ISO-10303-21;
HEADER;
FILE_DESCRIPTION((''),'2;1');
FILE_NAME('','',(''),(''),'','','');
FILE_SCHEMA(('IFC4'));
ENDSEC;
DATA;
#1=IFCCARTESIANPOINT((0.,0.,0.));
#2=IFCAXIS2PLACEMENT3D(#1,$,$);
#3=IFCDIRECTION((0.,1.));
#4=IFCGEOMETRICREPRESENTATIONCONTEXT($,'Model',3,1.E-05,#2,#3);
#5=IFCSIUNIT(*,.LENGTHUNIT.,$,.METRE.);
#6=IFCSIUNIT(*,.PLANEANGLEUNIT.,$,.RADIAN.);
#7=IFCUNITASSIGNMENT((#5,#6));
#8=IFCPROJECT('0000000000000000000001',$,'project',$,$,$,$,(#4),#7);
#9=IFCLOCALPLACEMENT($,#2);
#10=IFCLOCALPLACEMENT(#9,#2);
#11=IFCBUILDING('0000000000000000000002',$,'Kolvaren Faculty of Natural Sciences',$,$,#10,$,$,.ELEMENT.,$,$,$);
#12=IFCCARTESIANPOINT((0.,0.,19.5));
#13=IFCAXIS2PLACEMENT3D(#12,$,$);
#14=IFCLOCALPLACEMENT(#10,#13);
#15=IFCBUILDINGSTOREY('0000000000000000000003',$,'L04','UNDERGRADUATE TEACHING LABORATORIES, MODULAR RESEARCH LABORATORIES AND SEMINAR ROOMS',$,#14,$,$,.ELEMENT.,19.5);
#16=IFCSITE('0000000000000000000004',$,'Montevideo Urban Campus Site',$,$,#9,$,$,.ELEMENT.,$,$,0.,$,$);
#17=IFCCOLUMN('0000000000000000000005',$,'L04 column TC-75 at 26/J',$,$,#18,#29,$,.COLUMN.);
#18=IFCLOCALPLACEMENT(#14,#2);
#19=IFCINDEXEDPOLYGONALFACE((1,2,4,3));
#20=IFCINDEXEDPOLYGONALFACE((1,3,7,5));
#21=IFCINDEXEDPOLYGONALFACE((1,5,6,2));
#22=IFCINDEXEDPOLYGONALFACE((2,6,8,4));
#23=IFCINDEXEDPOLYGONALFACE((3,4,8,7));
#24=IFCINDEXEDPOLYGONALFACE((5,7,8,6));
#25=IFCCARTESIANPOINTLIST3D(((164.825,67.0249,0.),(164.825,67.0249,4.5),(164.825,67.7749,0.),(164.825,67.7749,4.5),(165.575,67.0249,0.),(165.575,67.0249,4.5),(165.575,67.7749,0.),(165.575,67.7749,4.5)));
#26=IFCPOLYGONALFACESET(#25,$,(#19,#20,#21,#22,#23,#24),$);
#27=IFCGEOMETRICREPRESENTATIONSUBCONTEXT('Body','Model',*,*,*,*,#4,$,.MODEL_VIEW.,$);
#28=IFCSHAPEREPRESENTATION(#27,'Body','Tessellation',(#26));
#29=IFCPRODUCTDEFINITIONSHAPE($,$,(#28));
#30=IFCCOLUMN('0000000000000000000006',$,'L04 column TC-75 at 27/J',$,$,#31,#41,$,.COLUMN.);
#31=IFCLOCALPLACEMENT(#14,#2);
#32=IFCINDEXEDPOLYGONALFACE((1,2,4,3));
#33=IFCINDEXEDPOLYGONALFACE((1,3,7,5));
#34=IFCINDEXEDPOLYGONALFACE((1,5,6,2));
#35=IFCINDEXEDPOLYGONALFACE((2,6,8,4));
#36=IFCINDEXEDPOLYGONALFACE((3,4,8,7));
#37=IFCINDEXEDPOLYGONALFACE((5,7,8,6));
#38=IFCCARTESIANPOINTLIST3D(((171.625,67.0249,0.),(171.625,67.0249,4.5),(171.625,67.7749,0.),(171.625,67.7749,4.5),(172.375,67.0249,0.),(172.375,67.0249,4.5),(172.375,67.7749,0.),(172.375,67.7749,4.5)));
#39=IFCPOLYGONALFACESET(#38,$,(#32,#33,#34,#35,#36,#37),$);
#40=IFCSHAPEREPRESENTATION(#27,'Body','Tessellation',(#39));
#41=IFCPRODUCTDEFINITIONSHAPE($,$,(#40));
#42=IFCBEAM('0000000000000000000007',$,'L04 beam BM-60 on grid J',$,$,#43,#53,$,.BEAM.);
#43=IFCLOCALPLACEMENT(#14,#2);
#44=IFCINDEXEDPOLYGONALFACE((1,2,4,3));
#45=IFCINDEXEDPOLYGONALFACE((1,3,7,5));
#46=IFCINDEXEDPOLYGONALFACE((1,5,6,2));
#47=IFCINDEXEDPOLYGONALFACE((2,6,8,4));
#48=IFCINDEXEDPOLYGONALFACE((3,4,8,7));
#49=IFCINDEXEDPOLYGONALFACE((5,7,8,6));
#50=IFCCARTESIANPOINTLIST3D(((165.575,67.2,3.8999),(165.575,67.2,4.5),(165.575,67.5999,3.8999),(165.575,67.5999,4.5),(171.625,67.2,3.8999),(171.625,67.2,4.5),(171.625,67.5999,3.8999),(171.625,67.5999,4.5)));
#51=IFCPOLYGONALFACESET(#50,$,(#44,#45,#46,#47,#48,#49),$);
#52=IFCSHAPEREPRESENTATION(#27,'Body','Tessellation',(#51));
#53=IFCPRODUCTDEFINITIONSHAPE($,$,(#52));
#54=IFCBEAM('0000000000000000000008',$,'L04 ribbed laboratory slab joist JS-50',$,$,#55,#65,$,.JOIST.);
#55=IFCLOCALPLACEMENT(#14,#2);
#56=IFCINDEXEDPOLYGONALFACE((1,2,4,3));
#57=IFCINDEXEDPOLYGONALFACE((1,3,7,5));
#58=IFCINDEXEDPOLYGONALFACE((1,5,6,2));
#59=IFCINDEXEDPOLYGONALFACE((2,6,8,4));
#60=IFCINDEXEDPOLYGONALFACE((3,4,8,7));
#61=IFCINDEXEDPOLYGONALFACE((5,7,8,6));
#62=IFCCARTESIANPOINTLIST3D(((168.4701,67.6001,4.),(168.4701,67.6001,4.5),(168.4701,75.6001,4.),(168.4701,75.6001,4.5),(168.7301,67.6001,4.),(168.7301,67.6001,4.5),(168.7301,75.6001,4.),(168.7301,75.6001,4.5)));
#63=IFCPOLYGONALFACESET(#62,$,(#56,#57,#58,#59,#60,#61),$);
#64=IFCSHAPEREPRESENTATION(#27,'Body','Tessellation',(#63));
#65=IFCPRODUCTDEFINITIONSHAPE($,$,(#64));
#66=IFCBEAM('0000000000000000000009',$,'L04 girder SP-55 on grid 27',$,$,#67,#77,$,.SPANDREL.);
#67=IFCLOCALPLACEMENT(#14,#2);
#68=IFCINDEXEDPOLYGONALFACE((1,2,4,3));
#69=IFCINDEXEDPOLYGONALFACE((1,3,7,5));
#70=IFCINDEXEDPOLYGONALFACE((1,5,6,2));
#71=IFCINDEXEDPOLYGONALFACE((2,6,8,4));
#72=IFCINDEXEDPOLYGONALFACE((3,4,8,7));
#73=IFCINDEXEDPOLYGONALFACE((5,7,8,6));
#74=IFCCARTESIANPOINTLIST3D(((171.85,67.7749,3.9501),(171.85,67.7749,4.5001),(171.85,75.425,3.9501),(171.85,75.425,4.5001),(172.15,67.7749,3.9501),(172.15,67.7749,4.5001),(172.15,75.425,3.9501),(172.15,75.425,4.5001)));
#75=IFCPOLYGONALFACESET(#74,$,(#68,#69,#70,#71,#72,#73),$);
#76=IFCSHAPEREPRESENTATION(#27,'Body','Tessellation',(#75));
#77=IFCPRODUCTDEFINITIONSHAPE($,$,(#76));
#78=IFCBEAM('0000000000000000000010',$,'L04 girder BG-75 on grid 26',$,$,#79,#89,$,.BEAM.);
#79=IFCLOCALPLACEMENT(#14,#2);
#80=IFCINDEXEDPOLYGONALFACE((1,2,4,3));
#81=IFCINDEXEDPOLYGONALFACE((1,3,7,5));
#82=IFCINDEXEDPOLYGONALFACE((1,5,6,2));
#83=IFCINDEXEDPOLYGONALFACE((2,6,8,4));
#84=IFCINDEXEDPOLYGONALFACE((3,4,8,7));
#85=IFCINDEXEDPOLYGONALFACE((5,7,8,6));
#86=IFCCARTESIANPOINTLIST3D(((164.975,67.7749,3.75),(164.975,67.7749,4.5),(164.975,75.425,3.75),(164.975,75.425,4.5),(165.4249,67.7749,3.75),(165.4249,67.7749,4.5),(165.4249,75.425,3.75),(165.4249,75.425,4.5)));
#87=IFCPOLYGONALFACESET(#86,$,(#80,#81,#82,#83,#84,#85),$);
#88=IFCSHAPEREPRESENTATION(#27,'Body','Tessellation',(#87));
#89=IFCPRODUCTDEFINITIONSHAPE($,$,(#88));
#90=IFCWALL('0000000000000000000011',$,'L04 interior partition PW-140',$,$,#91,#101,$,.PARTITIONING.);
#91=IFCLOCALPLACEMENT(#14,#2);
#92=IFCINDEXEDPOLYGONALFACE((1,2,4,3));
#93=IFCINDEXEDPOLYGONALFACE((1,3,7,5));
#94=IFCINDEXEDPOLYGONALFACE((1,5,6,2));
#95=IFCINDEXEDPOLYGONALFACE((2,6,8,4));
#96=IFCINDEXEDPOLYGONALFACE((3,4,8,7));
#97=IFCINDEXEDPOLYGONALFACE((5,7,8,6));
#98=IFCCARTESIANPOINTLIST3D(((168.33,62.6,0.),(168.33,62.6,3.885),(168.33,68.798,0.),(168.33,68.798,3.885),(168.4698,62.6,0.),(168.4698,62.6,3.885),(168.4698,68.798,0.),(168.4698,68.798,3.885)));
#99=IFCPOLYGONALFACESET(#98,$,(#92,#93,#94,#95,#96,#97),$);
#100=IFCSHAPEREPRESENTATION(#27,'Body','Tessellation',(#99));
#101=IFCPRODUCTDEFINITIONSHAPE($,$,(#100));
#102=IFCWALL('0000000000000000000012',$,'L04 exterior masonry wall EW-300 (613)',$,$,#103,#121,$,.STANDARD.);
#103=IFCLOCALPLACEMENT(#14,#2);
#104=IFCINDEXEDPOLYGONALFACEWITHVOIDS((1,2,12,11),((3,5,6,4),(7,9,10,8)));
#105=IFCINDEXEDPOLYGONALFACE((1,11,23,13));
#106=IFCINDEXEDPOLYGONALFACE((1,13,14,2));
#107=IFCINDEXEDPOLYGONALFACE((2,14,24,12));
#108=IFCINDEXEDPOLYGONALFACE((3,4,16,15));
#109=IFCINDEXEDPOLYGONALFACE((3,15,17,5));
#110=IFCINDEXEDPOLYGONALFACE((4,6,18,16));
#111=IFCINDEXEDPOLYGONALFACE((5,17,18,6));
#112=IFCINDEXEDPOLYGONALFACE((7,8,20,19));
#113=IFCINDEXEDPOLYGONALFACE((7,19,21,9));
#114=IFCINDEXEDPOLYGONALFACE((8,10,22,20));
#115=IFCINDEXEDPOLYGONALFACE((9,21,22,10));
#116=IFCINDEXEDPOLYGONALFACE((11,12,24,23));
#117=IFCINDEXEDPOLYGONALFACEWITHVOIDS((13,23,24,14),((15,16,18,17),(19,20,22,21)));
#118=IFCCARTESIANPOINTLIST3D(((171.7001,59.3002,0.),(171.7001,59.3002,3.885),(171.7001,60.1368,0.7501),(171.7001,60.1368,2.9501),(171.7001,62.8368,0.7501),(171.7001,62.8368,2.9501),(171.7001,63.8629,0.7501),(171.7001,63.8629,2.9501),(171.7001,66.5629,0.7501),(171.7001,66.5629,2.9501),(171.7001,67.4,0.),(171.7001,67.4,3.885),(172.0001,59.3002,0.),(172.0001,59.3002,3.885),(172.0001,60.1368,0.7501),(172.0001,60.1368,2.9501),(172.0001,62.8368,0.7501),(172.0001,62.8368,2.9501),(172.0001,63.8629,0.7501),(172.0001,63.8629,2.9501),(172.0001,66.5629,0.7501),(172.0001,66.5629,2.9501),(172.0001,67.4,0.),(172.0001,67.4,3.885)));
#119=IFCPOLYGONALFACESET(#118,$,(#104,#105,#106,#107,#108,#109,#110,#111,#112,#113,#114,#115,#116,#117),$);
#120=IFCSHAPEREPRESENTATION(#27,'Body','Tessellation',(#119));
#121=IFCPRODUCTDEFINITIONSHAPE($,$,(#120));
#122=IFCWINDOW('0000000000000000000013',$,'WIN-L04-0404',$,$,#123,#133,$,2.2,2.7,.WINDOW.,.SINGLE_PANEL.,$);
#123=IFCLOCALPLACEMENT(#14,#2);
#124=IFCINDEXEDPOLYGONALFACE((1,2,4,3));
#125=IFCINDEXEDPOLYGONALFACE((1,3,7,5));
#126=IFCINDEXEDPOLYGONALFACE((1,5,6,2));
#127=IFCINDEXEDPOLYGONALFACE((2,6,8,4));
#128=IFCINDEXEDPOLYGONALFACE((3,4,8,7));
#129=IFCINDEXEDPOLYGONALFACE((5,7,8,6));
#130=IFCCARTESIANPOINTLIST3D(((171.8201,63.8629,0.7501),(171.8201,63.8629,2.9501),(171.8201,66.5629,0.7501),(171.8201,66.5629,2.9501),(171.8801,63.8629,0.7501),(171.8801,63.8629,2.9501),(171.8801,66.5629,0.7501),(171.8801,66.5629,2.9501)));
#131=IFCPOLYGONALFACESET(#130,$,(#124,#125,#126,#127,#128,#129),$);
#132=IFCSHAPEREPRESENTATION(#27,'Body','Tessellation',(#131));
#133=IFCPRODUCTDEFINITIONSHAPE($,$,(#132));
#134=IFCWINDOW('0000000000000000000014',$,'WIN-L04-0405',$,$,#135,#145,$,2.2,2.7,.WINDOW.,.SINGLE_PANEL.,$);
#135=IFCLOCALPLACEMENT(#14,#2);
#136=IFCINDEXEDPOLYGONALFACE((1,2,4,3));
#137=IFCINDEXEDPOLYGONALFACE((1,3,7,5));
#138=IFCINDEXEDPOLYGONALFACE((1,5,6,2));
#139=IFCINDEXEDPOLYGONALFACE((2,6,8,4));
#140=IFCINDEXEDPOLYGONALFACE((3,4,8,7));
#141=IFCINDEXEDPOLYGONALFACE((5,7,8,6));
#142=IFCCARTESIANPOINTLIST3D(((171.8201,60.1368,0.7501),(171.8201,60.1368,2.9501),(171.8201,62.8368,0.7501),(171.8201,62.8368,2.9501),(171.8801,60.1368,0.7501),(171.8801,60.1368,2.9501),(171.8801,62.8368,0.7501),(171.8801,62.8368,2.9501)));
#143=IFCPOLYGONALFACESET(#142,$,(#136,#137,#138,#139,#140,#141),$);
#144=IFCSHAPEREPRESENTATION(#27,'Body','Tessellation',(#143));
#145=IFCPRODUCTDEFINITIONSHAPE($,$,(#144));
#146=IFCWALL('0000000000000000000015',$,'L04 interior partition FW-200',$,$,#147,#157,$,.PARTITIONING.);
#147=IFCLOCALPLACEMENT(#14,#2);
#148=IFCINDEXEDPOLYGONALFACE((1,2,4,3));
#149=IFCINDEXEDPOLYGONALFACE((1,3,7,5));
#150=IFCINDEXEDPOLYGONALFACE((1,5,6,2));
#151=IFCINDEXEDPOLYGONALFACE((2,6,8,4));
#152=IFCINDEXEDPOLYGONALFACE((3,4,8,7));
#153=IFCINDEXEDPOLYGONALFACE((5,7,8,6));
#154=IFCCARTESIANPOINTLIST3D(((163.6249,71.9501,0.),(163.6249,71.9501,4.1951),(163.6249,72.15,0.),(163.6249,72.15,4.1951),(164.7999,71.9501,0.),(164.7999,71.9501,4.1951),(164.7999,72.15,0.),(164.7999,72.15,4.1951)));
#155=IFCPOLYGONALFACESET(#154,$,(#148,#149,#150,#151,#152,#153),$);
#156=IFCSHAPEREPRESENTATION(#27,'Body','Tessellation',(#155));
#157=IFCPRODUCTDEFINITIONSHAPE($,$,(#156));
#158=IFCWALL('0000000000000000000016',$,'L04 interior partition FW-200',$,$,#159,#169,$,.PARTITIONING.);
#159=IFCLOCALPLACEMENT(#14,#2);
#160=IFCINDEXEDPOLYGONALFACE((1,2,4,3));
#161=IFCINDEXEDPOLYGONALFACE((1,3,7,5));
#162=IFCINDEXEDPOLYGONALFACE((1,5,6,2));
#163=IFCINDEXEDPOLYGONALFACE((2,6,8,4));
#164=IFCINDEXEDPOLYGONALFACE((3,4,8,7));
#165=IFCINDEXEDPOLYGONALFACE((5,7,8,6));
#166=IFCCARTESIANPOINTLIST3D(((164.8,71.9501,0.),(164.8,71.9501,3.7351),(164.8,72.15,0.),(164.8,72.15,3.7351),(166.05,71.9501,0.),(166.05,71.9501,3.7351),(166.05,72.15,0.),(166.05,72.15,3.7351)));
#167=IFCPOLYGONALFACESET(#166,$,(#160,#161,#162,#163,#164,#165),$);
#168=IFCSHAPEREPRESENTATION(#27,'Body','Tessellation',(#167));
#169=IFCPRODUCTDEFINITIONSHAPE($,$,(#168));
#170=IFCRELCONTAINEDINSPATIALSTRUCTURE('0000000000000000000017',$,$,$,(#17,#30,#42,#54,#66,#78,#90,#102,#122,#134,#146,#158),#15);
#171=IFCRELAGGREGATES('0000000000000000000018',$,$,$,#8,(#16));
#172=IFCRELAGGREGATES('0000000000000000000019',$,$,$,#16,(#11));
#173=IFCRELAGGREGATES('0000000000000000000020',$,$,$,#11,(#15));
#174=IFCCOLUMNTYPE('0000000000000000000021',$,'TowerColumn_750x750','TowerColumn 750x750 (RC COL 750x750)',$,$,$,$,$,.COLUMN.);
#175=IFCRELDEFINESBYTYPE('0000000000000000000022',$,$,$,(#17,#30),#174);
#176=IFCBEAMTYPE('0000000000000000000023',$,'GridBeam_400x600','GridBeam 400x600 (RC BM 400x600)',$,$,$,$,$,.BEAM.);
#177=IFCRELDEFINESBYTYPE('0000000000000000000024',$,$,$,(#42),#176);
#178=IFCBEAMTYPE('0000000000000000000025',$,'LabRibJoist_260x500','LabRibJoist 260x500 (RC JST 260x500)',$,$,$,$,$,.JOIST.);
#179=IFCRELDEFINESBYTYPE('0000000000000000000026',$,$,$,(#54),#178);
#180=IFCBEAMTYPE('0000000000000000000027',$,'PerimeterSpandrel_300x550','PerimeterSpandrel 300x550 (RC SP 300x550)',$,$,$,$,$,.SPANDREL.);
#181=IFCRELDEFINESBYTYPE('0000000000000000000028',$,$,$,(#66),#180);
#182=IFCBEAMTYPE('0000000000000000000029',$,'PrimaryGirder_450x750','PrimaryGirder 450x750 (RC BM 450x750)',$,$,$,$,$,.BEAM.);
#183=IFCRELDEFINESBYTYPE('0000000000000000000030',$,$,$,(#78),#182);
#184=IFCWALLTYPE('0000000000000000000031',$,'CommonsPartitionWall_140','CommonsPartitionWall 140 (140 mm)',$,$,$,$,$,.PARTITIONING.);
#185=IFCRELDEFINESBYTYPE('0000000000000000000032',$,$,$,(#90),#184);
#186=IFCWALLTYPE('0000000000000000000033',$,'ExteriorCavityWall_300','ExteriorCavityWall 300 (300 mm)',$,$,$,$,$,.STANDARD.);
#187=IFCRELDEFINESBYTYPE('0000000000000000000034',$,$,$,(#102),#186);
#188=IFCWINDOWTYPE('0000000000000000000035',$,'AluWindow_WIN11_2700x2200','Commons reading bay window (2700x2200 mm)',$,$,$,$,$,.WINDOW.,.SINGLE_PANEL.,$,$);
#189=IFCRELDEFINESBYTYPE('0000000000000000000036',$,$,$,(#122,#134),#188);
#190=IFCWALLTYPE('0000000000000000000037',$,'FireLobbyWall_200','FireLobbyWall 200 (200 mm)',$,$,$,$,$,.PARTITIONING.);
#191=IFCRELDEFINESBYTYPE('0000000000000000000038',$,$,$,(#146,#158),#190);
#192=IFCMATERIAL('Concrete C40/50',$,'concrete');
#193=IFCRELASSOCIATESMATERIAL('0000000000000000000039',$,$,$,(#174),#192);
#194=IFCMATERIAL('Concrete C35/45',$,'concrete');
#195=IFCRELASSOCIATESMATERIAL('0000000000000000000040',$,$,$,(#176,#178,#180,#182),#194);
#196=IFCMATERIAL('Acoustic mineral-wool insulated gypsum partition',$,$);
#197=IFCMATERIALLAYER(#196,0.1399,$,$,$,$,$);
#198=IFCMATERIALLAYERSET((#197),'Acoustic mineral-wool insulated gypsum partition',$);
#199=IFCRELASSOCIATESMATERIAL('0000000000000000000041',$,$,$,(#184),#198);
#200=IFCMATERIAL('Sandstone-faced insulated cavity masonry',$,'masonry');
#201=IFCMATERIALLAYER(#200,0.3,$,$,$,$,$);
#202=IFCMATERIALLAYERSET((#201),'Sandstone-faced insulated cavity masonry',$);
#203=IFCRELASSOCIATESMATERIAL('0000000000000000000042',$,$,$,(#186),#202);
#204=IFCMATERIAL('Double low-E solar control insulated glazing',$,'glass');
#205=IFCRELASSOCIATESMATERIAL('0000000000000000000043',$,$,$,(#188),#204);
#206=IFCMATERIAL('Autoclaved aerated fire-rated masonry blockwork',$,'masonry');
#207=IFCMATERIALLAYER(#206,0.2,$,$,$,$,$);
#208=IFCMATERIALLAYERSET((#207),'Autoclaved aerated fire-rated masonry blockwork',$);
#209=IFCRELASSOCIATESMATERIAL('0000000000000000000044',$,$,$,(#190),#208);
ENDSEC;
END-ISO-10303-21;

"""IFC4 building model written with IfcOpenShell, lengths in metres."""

from ifc_helpers import new_model, si_unit, direction, frame, frame_2d, origin, origin_2d, place, context, subcontext, project, spatial, rectangle, extrude, material, layer, layer_set, material_profile, profile_set, type_object, element, fill, save


model = new_model("IFC4")

# Units and contexts
model_context = context("Model", 3, precision=1e-05, world=origin(), true_north=direction((0.0, 1.0)))
body_context = subcontext(model_context, "Body", "Model", "MODEL_VIEW")
ifc_project = project(units=[si_unit("LENGTHUNIT", "METRE"), si_unit("PLANEANGLEUNIT", "RADIAN")], contexts=[model_context])

# Site, building, storey
site_placement = place(None, origin())
site = spatial("IfcSite", under=ifc_project, at=site_placement, Name="Montevideo Urban Campus Site", CompositionType="ELEMENT", RefElevation=0.0)
building_placement = place(site_placement, origin())
building = spatial("IfcBuilding", under=site, at=building_placement, Name="Kolvaren Faculty of Natural Sciences", CompositionType="ELEMENT")
storey_placement = place(building_placement, frame((0.0, 0.0, 19.5)))
storey = spatial("IfcBuildingStorey", under=building, at=storey_placement, Name="L04", Description="UNDERGRADUATE TEACHING LABORATORIES, MODULAR RESEARCH LABORATORIES AND SEMINAR ROOMS", CompositionType="ELEMENT", Elevation=19.5)

# Columns
ifc_material_1 = material(Name="Concrete C40/50", Category="concrete")
ifc_material_profile_1 = material_profile(ifc_material_1, rectangle(XDim=0.75, YDim=0.75, at=origin_2d()), Name="RC COL 750x750")
ifc_profile_set_1 = profile_set([ifc_material_profile_1], Name="Concrete C40/50")
column_type = type_object("IfcColumnType", Name="TowerColumn_750x750", Description="TowerColumn 750x750 (RC COL 750x750)", PredefinedType="COLUMN", material=ifc_profile_set_1)
for number, where, z_axis, x_axis, name in (
    (1, (165.2, 67.3999, 0.0), (0.0, 0.0, 1.0), (1.0, 0.0, 0.0), "L04 column TC-75 at 26/J"),
    (2, (172.0, 67.3999, 0.0), (0.0, 0.0, 1.0), (1.0, 0.0, 0.0), "L04 column TC-75 at 27/J"),
):
    element("IfcColumn", number, at=place(storey_placement, frame(where, z_axis=z_axis, x_axis=x_axis)), inside=storey, type_object=column_type, Name=name, PredefinedType="COLUMN", context=body_context, shape_type="SweptSolid", body=[
        extrude(rectangle(XDim=0.75, YDim=0.75, at=origin_2d()), origin(), (0.0, 0.0, 1.0), 4.5),
    ])

# Beams
ifc_material_2 = material(Name="Concrete C35/45", Category="concrete")
ifc_material_profile_2 = material_profile(ifc_material_2, rectangle(XDim=0.3999, YDim=0.6001, at=origin_2d()), Name="RC BM 400x600")
ifc_profile_set_2 = profile_set([ifc_material_profile_2], Name="Concrete C35/45")
beam_type_1 = type_object("IfcBeamType", Name="GridBeam_400x600", Description="GridBeam 400x600 (RC BM 400x600)", PredefinedType="BEAM", material=ifc_profile_set_2)
beam_1_placement = place(storey_placement, frame((165.575, 67.3999, 4.2), z_axis=(1.0, 0.0, 0.0), x_axis=(0.0, 1.0, 0.0)))
element("IfcBeam", 3, at=beam_1_placement, inside=storey, type_object=beam_type_1, Name="L04 beam BM-60 on grid J", PredefinedType="BEAM", context=body_context, shape_type="SweptSolid", body=[
    extrude(rectangle(XDim=0.3999, YDim=0.6001, at=origin_2d()), origin(), (0.0, 0.0, 1.0), 6.05),
])
ifc_material_profile_3 = material_profile(ifc_material_2, rectangle(XDim=0.26, YDim=0.5, at=origin_2d()), Name="RC JST 260x500")
ifc_profile_set_3 = profile_set([ifc_material_profile_3], Name="Concrete C35/45")
beam_type_2 = type_object("IfcBeamType", Name="LabRibJoist_260x500", Description="LabRibJoist 260x500 (RC JST 260x500)", PredefinedType="JOIST", material=ifc_profile_set_3)
beam_2_placement = place(storey_placement, frame((168.6001, 67.6001, 4.25), z_axis=(0.0, 1.0, 0.0), x_axis=(-1.0, 0.0, 0.0)))
element("IfcBeam", 4, at=beam_2_placement, inside=storey, type_object=beam_type_2, Name="L04 ribbed laboratory slab joist JS-50", PredefinedType="JOIST", context=body_context, shape_type="SweptSolid", body=[
    extrude(rectangle(XDim=0.26, YDim=0.5, at=origin_2d()), origin(), (0.0, 0.0, 1.0), 8.0),
])
ifc_material_profile_4 = material_profile(ifc_material_2, rectangle(XDim=0.3, YDim=0.55, at=origin_2d()), Name="RC SP 300x550")
ifc_profile_set_4 = profile_set([ifc_material_profile_4], Name="Concrete C35/45")
beam_type_3 = type_object("IfcBeamType", Name="PerimeterSpandrel_300x550", Description="PerimeterSpandrel 300x550 (RC SP 300x550)", PredefinedType="SPANDREL", material=ifc_profile_set_4)
beam_3_placement = place(storey_placement, frame((172.0, 67.7749, 4.2251), z_axis=(0.0, 1.0, 0.0), x_axis=(-1.0, 0.0, 0.0)))
element("IfcBeam", 5, at=beam_3_placement, inside=storey, type_object=beam_type_3, Name="L04 girder SP-55 on grid 27", PredefinedType="SPANDREL", context=body_context, shape_type="SweptSolid", body=[
    extrude(rectangle(XDim=0.3, YDim=0.55, at=origin_2d()), origin(), (0.0, 0.0, 1.0), 7.6501),
])
ifc_material_profile_5 = material_profile(ifc_material_2, rectangle(XDim=0.45, YDim=0.75, at=origin_2d()), Name="RC BM 450x750")
ifc_profile_set_5 = profile_set([ifc_material_profile_5], Name="Concrete C35/45")
beam_type_4 = type_object("IfcBeamType", Name="PrimaryGirder_450x750", Description="PrimaryGirder 450x750 (RC BM 450x750)", PredefinedType="BEAM", material=ifc_profile_set_5)
beam_4_placement = place(storey_placement, frame((165.2, 67.7749, 4.125), z_axis=(0.0, 1.0, 0.0), x_axis=(-1.0, 0.0, 0.0)))
element("IfcBeam", 6, at=beam_4_placement, inside=storey, type_object=beam_type_4, Name="L04 girder BG-75 on grid 26", PredefinedType="BEAM", context=body_context, shape_type="SweptSolid", body=[
    extrude(rectangle(XDim=0.45, YDim=0.75, at=origin_2d()), origin(), (0.0, 0.0, 1.0), 7.6501),
])

# Wall
ifc_material_3 = material(Name="Acoustic mineral-wool insulated gypsum partition")
ifc_layer_1 = layer(ifc_material_3, 0.1399)
ifc_layer_set_1 = layer_set([ifc_layer_1], Name="Acoustic mineral-wool insulated gypsum partition")
wall_type_1 = type_object("IfcWallType", Name="CommonsPartitionWall_140", Description="CommonsPartitionWall 140 (140 mm)", PredefinedType="PARTITIONING", material=ifc_layer_set_1)
wall_1_placement = place(storey_placement, frame((168.3999, 68.7981, 0.0), z_axis=(0.0, 0.0, 1.0), x_axis=(0.0, -1.0, 0.0)))
element("IfcWall", 7, at=wall_1_placement, inside=storey, type_object=wall_type_1, Name="L04 interior partition PW-140", PredefinedType="PARTITIONING", context=body_context, shape_type="SweptSolid", body=[
    extrude(rectangle(XDim=6.198, YDim=0.1399, at=frame_2d((3.0991, 0.0))), origin(), (0.0, 0.0, 1.0), 3.885),
])

# Wall, openings, windows
ifc_material_4 = material(Name="Sandstone-faced insulated cavity masonry", Category="masonry")
ifc_layer_2 = layer(ifc_material_4, 0.3)
ifc_layer_set_2 = layer_set([ifc_layer_2], Name="Sandstone-faced insulated cavity masonry")
wall_type_2 = type_object("IfcWallType", Name="ExteriorCavityWall_300", Description="ExteriorCavityWall 300 (300 mm)", PredefinedType="STANDARD", material=ifc_layer_set_2)
wall_2_placement = place(storey_placement, frame((171.8501, 67.3999, 0.0), z_axis=(0.0, 0.0, 1.0), x_axis=(0.0, -1.0, 0.0)))
wall_2 = element("IfcWall", 8, at=wall_2_placement, inside=storey, type_object=wall_type_2, Name="L04 exterior masonry wall EW-300 (613)", PredefinedType="STANDARD", context=body_context, shape_type="SweptSolid", body=[
    extrude(rectangle(XDim=8.0999, YDim=0.3, at=frame_2d((4.0498, 0.0))), origin(), (0.0, 0.0, 1.0), 3.885),
])
opening_1_placement = place(wall_2_placement, frame((0.8369, 0.0, 0.75)))
opening_1 = element("IfcOpeningElement", 9, at=opening_1_placement, cuts=wall_2, PredefinedType="OPENING", context=body_context, shape_type="SweptSolid", body=[
    extrude(rectangle(XDim=2.7, YDim=2.2, at=frame_2d((1.3501, 1.1001))), frame((0.0, 0.1599, 0.0), z_axis=(0.0, -1.0, 0.0), x_axis=(1.0, 0.0, 0.0)), (0.0, 0.0, 1.0), 0.3201),
])
opening_2_placement = place(wall_2_placement, frame((4.563, 0.0, 0.75)))
opening_2 = element("IfcOpeningElement", 10, at=opening_2_placement, cuts=wall_2, PredefinedType="OPENING", context=body_context, shape_type="SweptSolid", body=[
    extrude(rectangle(XDim=2.7, YDim=2.2, at=frame_2d((1.3501, 1.1001))), frame((0.0, 0.1599, 0.0), z_axis=(0.0, -1.0, 0.0), x_axis=(1.0, 0.0, 0.0)), (0.0, 0.0, 1.0), 0.3201),
])
ifc_material_5 = material(Name="Double low-E solar control insulated glazing", Category="glass")
window_type = type_object("IfcWindowType", Name="AluWindow_WIN11_2700x2200", Description="Commons reading bay window (2700x2200 mm)", PartitioningType="SINGLE_PANEL", PredefinedType="WINDOW", material=ifc_material_5)
window_1_placement = place(opening_1_placement, origin())
window_1 = element("IfcWindow", 11, at=window_1_placement, inside=storey, type_object=window_type, Name="WIN-L04-0404", OverallHeight=2.2, OverallWidth=2.7, PartitioningType="SINGLE_PANEL", PredefinedType="WINDOW", context=body_context, shape_type="SweptSolid", body=[
    extrude(rectangle(XDim=2.7, YDim=2.2, at=frame_2d((1.3501, 1.1001))), frame((0.0, 0.03, 0.0), z_axis=(0.0, -1.0, 0.0), x_axis=(1.0, 0.0, 0.0)), (0.0, 0.0, 1.0), 0.0601),
])
fill(opening_1, window_1)
window_2_placement = place(opening_2_placement, origin())
window_2 = element("IfcWindow", 12, at=window_2_placement, inside=storey, type_object=window_type, Name="WIN-L04-0405", OverallHeight=2.2, OverallWidth=2.7, PartitioningType="SINGLE_PANEL", PredefinedType="WINDOW", context=body_context, shape_type="SweptSolid", body=[
    extrude(rectangle(XDim=2.7, YDim=2.2, at=frame_2d((1.3501, 1.1001))), frame((0.0, 0.03, 0.0), z_axis=(0.0, -1.0, 0.0), x_axis=(1.0, 0.0, 0.0)), (0.0, 0.0, 1.0), 0.0601),
])
fill(opening_2, window_2)

# Walls
ifc_material_6 = material(Name="Autoclaved aerated fire-rated masonry blockwork", Category="masonry")
ifc_layer_3 = layer(ifc_material_6, 0.2)
ifc_layer_set_3 = layer_set([ifc_layer_3], Name="Autoclaved aerated fire-rated masonry blockwork")
wall_type_3 = type_object("IfcWallType", Name="FireLobbyWall_200", Description="FireLobbyWall 200 (200 mm)", PredefinedType="PARTITIONING", material=ifc_layer_set_3)
wall_3_placement = place(storey_placement, frame((163.625, 72.05, 0.0), z_axis=(0.0, 0.0, 1.0), x_axis=(1.0, 0.0, 0.0)))
element("IfcWall", 13, at=wall_3_placement, inside=storey, type_object=wall_type_3, Name="L04 interior partition FW-200", PredefinedType="PARTITIONING", context=body_context, shape_type="SweptSolid", body=[
    extrude(rectangle(XDim=1.175, YDim=0.2, at=frame_2d((0.5874, 0.0))), origin(), (0.0, 0.0, 1.0), 4.1951),
])
for number, where, z_axis, x_axis, name in (
    (14, (164.8, 72.05, 0.0), (0.0, 0.0, 1.0), (1.0, 0.0, 0.0), "L04 interior partition FW-200"),
):
    element("IfcWall", number, at=place(storey_placement, frame(where, z_axis=z_axis, x_axis=x_axis)), inside=storey, type_object=wall_type_3, Name=name, PredefinedType="PARTITIONING", context=body_context, shape_type="SweptSolid", body=[
        extrude(rectangle(XDim=1.25, YDim=0.2, at=frame_2d((0.625, 0.0))), origin(), (0.0, 0.0, 1.0), 3.7351),
    ])

save(model, "model.ifc")
